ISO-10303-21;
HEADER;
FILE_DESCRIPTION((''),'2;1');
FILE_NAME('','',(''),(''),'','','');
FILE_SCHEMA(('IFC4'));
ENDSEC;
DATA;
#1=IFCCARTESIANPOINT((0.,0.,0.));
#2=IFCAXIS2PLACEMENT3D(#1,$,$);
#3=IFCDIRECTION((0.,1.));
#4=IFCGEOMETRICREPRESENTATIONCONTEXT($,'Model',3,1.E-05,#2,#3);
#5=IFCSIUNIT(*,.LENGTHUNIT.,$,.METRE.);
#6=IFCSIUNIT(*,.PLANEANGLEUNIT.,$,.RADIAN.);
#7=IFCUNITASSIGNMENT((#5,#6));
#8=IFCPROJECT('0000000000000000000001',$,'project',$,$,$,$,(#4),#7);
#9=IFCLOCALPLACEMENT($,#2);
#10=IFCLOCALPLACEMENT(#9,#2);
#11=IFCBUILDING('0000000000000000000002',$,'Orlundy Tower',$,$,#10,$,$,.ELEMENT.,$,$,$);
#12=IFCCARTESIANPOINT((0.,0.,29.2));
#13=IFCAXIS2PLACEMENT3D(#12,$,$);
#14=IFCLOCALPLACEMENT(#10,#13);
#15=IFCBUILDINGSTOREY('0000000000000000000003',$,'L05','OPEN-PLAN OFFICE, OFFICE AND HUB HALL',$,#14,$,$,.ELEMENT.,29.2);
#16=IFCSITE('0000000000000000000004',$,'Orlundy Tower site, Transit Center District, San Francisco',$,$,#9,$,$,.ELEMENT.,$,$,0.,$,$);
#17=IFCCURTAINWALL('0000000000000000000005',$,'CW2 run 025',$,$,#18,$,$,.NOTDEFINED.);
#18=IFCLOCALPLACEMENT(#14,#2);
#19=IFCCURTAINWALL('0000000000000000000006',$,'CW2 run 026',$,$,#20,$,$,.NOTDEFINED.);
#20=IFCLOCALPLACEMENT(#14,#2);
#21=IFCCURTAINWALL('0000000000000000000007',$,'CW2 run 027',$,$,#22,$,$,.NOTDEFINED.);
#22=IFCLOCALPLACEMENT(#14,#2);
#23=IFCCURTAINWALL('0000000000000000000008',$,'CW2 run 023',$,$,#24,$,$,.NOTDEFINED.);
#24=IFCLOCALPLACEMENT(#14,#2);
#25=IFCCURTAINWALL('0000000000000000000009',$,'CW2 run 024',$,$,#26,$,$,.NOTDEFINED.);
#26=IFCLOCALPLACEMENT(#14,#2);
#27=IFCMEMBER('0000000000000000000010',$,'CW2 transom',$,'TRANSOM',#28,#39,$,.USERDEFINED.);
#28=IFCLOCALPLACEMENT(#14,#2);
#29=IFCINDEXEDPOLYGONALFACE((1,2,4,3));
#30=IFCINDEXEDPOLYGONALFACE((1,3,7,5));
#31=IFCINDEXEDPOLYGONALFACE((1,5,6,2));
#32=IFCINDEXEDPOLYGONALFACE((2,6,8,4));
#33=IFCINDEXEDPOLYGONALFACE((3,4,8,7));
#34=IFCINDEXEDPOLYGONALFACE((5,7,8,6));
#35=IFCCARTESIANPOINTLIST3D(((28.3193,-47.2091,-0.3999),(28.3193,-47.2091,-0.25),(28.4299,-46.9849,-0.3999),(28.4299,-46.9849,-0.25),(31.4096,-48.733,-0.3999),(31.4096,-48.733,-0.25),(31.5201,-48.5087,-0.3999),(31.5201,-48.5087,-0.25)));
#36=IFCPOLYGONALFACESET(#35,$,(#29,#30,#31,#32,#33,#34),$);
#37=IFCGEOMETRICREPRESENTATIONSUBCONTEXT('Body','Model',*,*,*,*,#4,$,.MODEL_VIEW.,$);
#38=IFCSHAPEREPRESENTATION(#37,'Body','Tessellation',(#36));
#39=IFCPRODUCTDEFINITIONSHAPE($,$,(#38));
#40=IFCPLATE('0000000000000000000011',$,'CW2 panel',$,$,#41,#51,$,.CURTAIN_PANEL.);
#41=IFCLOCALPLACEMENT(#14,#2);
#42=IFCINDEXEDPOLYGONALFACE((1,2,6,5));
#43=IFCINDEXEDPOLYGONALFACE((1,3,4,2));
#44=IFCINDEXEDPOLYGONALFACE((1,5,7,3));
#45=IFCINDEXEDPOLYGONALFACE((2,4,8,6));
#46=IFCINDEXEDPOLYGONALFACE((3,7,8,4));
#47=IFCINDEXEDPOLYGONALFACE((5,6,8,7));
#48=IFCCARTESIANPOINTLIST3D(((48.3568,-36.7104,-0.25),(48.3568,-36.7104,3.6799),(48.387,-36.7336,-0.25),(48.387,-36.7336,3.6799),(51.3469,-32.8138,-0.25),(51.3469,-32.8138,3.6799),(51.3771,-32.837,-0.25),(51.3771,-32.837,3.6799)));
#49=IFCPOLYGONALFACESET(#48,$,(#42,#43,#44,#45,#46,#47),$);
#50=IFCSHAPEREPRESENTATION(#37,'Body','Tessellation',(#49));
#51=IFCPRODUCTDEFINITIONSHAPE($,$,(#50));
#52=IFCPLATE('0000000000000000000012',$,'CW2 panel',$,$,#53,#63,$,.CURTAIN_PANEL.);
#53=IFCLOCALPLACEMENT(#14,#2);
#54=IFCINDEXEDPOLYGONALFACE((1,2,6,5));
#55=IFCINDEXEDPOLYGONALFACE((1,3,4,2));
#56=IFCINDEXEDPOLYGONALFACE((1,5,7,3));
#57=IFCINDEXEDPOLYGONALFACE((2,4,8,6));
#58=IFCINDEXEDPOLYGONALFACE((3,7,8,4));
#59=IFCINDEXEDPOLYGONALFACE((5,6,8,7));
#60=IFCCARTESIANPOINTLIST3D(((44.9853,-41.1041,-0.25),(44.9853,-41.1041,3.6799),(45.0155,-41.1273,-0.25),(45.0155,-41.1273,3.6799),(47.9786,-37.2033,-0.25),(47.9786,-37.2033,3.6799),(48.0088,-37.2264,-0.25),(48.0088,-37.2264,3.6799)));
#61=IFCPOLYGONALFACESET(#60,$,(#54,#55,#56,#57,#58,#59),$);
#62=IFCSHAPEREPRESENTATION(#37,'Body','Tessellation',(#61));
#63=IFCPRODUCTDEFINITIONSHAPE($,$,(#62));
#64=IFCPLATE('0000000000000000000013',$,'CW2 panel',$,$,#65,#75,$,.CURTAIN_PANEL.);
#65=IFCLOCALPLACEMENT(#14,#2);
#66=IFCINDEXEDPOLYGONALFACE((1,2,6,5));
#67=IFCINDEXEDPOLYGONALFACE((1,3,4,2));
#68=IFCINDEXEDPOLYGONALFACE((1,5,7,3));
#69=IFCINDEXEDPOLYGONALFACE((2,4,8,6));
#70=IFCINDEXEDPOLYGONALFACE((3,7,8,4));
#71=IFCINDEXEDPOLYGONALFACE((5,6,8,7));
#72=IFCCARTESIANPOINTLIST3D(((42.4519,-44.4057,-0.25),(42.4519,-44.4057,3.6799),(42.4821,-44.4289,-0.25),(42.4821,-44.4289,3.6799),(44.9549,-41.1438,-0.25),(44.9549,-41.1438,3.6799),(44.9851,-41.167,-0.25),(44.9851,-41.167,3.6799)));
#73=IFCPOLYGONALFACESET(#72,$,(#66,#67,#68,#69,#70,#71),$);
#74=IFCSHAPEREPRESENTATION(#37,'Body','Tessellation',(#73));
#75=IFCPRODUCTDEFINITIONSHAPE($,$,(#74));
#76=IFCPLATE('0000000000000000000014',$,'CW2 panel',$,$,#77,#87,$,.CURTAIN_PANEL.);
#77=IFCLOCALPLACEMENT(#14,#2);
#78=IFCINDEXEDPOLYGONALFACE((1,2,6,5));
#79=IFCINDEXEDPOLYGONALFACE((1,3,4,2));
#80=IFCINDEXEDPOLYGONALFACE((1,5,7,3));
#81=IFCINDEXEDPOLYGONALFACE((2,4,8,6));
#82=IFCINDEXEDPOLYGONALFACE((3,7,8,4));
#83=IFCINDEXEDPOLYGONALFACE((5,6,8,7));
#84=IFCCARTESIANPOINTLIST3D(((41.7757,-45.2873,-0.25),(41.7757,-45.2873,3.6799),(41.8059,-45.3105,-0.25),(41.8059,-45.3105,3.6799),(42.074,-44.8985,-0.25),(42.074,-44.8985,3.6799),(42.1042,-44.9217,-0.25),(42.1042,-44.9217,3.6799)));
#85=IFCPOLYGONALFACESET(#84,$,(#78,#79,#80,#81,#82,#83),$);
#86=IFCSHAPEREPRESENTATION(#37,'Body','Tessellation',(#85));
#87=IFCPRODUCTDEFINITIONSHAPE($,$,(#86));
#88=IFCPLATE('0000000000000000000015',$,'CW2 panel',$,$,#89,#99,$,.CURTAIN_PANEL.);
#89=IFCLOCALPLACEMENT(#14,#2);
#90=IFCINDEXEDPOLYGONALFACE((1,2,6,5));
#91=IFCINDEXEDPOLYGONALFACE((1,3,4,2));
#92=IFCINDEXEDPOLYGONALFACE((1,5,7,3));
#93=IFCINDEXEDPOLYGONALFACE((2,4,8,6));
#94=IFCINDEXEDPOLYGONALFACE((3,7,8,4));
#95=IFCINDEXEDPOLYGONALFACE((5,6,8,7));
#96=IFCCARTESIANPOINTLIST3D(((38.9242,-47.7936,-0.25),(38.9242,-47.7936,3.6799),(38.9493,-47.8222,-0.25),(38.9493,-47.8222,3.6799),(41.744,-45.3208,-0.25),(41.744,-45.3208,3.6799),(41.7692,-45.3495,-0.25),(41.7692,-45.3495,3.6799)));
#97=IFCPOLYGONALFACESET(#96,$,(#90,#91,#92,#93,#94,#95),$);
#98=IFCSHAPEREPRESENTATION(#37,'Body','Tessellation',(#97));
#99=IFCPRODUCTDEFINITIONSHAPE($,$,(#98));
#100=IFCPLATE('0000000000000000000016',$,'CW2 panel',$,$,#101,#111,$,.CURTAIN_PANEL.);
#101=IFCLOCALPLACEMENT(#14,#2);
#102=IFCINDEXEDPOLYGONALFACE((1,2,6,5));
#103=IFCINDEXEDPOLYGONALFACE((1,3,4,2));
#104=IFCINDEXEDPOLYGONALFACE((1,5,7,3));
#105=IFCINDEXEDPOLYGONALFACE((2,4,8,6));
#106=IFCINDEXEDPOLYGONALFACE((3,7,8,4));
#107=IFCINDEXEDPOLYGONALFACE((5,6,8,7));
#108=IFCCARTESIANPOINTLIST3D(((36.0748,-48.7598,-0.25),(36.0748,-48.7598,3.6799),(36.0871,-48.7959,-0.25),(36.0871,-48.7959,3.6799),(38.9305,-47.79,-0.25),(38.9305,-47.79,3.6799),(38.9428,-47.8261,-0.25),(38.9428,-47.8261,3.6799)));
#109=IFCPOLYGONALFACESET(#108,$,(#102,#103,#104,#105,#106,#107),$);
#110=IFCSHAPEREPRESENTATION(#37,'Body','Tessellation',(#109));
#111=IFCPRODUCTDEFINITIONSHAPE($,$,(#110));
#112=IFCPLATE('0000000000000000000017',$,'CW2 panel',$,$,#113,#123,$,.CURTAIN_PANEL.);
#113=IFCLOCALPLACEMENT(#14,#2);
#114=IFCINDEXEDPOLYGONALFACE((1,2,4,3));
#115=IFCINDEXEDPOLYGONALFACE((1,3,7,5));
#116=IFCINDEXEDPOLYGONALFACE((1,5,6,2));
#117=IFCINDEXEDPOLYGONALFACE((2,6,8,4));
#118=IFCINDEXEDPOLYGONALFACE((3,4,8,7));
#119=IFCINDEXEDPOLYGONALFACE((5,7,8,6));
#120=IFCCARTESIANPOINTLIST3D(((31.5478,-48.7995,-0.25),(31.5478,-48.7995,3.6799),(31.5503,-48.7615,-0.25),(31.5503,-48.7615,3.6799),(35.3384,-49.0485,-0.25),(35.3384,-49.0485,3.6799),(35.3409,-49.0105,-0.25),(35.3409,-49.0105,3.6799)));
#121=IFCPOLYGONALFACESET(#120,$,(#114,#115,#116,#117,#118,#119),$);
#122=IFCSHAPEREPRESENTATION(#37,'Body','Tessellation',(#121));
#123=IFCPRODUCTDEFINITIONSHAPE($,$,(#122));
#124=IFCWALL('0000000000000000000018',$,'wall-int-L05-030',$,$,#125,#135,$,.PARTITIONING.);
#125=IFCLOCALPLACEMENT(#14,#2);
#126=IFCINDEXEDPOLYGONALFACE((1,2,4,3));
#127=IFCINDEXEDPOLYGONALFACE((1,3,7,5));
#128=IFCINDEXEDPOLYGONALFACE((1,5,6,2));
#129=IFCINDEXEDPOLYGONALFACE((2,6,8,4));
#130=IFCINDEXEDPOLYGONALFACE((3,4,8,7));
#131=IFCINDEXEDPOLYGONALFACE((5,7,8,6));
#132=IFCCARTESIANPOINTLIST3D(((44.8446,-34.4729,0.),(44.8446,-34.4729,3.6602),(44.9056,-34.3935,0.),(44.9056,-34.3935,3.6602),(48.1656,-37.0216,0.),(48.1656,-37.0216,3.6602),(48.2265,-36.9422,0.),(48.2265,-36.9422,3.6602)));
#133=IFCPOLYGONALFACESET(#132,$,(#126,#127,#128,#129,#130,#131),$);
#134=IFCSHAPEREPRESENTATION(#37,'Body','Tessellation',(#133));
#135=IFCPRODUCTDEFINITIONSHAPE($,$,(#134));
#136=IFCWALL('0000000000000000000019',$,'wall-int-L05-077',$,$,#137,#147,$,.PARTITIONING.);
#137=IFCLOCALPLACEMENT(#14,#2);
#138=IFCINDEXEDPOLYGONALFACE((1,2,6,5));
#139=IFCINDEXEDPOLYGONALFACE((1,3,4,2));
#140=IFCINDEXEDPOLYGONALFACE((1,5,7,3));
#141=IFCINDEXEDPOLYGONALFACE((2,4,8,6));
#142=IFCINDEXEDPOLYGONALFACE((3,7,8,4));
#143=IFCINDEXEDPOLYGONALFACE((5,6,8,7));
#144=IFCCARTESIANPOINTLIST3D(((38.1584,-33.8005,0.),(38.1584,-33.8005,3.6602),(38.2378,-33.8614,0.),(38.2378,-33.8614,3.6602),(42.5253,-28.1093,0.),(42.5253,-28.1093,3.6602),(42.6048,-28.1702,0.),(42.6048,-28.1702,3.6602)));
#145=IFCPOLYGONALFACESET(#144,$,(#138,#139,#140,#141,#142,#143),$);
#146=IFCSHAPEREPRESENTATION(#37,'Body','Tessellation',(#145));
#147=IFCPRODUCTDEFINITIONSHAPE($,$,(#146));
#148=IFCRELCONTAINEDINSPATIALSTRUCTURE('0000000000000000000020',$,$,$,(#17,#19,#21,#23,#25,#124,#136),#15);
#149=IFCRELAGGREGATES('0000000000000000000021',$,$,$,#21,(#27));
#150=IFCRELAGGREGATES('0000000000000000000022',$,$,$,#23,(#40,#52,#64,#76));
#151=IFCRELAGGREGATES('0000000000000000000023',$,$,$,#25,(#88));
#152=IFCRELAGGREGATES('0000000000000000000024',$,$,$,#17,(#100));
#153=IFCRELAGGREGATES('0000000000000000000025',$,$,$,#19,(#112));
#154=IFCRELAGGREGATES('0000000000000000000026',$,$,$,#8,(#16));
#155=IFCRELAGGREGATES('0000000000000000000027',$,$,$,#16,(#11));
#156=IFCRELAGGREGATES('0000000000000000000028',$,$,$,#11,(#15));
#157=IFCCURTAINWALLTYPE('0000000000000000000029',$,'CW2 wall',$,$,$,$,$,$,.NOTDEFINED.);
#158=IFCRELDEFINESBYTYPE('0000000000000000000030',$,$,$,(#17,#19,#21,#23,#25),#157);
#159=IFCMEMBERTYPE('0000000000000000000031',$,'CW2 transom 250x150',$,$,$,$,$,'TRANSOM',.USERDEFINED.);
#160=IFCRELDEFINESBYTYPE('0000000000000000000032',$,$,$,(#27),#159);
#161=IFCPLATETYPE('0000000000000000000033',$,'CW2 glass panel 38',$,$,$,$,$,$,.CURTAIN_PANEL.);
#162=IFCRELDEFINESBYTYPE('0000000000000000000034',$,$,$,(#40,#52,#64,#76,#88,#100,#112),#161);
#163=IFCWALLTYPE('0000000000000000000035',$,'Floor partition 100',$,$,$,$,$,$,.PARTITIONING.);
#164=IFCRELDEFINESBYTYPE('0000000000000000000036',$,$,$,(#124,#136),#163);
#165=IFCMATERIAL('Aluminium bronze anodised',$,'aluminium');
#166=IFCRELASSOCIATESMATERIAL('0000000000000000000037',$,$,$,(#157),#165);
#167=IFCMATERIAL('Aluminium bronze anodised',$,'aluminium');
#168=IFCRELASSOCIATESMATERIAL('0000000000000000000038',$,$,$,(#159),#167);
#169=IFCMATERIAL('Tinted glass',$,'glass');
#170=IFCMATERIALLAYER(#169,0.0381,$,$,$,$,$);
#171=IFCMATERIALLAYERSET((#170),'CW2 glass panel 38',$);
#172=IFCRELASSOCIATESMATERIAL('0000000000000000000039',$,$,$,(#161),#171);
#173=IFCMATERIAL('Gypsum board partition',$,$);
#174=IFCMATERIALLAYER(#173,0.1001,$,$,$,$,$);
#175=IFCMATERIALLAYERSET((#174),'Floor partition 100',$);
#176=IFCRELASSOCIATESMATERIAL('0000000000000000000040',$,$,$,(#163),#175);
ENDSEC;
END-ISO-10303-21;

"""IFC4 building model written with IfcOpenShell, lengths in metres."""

from ifc_helpers import new_model, si_unit, direction, frame, frame_2d, origin, origin_2d, place, context, subcontext, project, spatial, rectangle, extrude, material, layer, layer_set, material_profile, profile_set, type_object, element, aggregate, save


model = new_model("IFC4")

# Units and contexts
model_context = context("Model", 3, precision=1e-05, world=origin(), true_north=direction((0.0, 1.0)))
body_context = subcontext(model_context, "Body", "Model", "MODEL_VIEW")
ifc_project = project(units=[si_unit("LENGTHUNIT", "METRE"), si_unit("PLANEANGLEUNIT", "RADIAN")], contexts=[model_context])

# Site, building, storey
site_placement = place(None, origin())
site = spatial("IfcSite", under=ifc_project, at=site_placement, Name="Orlundy Tower site, Transit Center District, San Francisco", CompositionType="ELEMENT", RefElevation=0.0)
building_placement = place(site_placement, origin())
building = spatial("IfcBuilding", under=site, at=building_placement, Name="Orlundy Tower", CompositionType="ELEMENT")
storey_placement = place(building_placement, frame((0.0, 0.0, 29.2)))
storey = spatial("IfcBuildingStorey", under=building, at=storey_placement, Name="L05", Description="OPEN-PLAN OFFICE, OFFICE AND HUB HALL", CompositionType="ELEMENT", Elevation=29.2)

# Curtain walls
ifc_material_1 = material(Name="Aluminium bronze anodised", Category="aluminium")
curtain_wall_type = type_object("IfcCurtainWallType", Name="CW2 wall", PredefinedType="NOTDEFINED", material=ifc_material_1)
curtain_wall_1_placement = place(storey_placement, origin())
curtain_wall_1 = element("IfcCurtainWall", 1, at=curtain_wall_1_placement, inside=storey, type_object=curtain_wall_type, Name="CW2 run 025", PredefinedType="NOTDEFINED")
curtain_wall_2_placement = place(storey_placement, origin())
curtain_wall_2 = element("IfcCurtainWall", 2, at=curtain_wall_2_placement, inside=storey, type_object=curtain_wall_type, Name="CW2 run 026", PredefinedType="NOTDEFINED")
curtain_wall_3_placement = place(storey_placement, origin())
curtain_wall_3 = element("IfcCurtainWall", 3, at=curtain_wall_3_placement, inside=storey, type_object=curtain_wall_type, Name="CW2 run 027", PredefinedType="NOTDEFINED")

# Curtain wall
curtain_wall_4_placement = place(storey_placement, origin())
curtain_wall_4 = element("IfcCurtainWall", 4, at=curtain_wall_4_placement, inside=storey, type_object=curtain_wall_type, Name="CW2 run 023", PredefinedType="NOTDEFINED")

# Curtain wall
curtain_wall_5_placement = place(storey_placement, origin())
curtain_wall_5 = element("IfcCurtainWall", 5, at=curtain_wall_5_placement, inside=storey, type_object=curtain_wall_type, Name="CW2 run 024", PredefinedType="NOTDEFINED")

# Member
ifc_material_2 = material(Name="Aluminium bronze anodised", Category="aluminium")
ifc_material_profile_1 = material_profile(ifc_material_2, rectangle(XDim=0.25, YDim=0.1499, at=origin_2d()), Name="CW2 transom 250x150")
ifc_profile_set_1 = profile_set([ifc_material_profile_1], Name="Aluminium bronze anodised")
member_type_1 = type_object("IfcMemberType", Name="CW2 transom 250x150", ElementType="TRANSOM", PredefinedType="USERDEFINED", material=ifc_profile_set_1)
member_1_placement = place(storey_placement, frame((31.4648, -48.6208, -0.325), z_axis=(-0.896879, 0.442275, 0.0), x_axis=(-0.442275, -0.896879, 0.0)))
member_1 = element("IfcMember", 6, at=member_1_placement, type_object=member_type_1, Name="CW2 transom", ObjectType="TRANSOM", PredefinedType="USERDEFINED", context=body_context, shape_type="SweptSolid", body=[
    extrude(rectangle(XDim=0.25, YDim=0.1499, at=origin_2d()), origin(), (0.0, 0.0, 1.0), 3.4456),
])
aggregate(curtain_wall_3, [member_1])

# Plates
ifc_material_3 = material(Name="Tinted glass", Category="glass")
ifc_layer_1 = layer(ifc_material_3, 0.0381)
ifc_layer_set_1 = layer_set([ifc_layer_1], Name="CW2 glass panel 38")
plate_type = type_object("IfcPlateType", Name="CW2 glass panel 38", PredefinedType="CURTAIN_PANEL", material=ifc_layer_set_1)
plate_1_placement = place(storey_placement, frame((49.8669, -34.7737, -0.25), z_axis=(0.0, 0.0, 1.0), x_axis=(-0.608771, -0.793346, 0.0)))
plate_1 = element("IfcPlate", 7, at=plate_1_placement, type_object=plate_type, Name="CW2 panel", PredefinedType="CURTAIN_PANEL", context=body_context, shape_type="SweptSolid", body=[
    extrude(rectangle(XDim=4.9116, YDim=0.0381, at=origin_2d()), origin(), (0.0, 0.0, 1.0), 3.9299),
])
plate_2_placement = place(storey_placement, frame((46.4971, -39.1653, -0.25), z_axis=(0.0, 0.0, 1.0), x_axis=(-0.608771, -0.793346, 0.0)))
plate_2 = element("IfcPlate", 8, at=plate_2_placement, type_object=plate_type, Name="CW2 panel", PredefinedType="CURTAIN_PANEL", context=body_context, shape_type="SweptSolid", body=[
    extrude(rectangle(XDim=4.917, YDim=0.0381, at=origin_2d()), origin(), (0.0, 0.0, 1.0), 3.9299),
])
plate_3_placement = place(storey_placement, frame((43.7185, -42.7864, -0.25), z_axis=(0.0, 0.0, 1.0), x_axis=(-0.608771, -0.793346, 0.0)))
plate_3 = element("IfcPlate", 9, at=plate_3_placement, type_object=plate_type, Name="CW2 panel", PredefinedType="CURTAIN_PANEL", context=body_context, shape_type="SweptSolid", body=[
    extrude(rectangle(XDim=4.1116, YDim=0.0381, at=origin_2d()), origin(), (0.0, 0.0, 1.0), 3.9299),
])
plate_4_placement = place(storey_placement, frame((41.9399, -45.1045, -0.25), z_axis=(0.0, 0.0, 1.0), x_axis=(-0.608771, -0.793346, 0.0)))
plate_4 = element("IfcPlate", 10, at=plate_4_placement, type_object=plate_type, Name="CW2 panel", PredefinedType="CURTAIN_PANEL", context=body_context, shape_type="SweptSolid", body=[
    extrude(rectangle(XDim=0.49, YDim=0.0381, at=origin_2d()), origin(), (0.0, 0.0, 1.0), 3.9299),
])
aggregate(curtain_wall_4, [plate_1, plate_2, plate_3, plate_4])
plate_5_placement = place(storey_placement, frame((40.3467, -46.5715, -0.25), z_axis=(0.0, 0.0, 1.0), x_axis=(-0.751858, -0.659325, 0.0)))
plate_5 = element("IfcPlate", 11, at=plate_5_placement, type_object=plate_type, Name="CW2 panel", PredefinedType="CURTAIN_PANEL", context=body_context, shape_type="SweptSolid", body=[
    extrude(rectangle(XDim=3.7505, YDim=0.0381, at=origin_2d()), origin(), (0.0, 0.0, 1.0), 3.9299),
])
aggregate(curtain_wall_5, [plate_5])
plate_6_placement = place(storey_placement, frame((37.5088, -48.293, -0.25), z_axis=(0.0, 0.0, 1.0), x_axis=(-0.946888, -0.321564, 0.0)))
plate_6 = element("IfcPlate", 12, at=plate_6_placement, type_object=plate_type, Name="CW2 panel", PredefinedType="CURTAIN_PANEL", context=body_context, shape_type="SweptSolid", body=[
    extrude(rectangle(XDim=3.0159, YDim=0.0381, at=origin_2d()), origin(), (0.0, 0.0, 1.0), 3.9299),
])
aggregate(curtain_wall_1, [plate_6])
plate_7_placement = place(storey_placement, frame((33.4443, -48.905, -0.25), z_axis=(0.0, 0.0, 1.0), x_axis=(-0.997849, 0.065552, 0.0)))
plate_7 = element("IfcPlate", 13, at=plate_7_placement, type_object=plate_type, Name="CW2 panel", PredefinedType="CURTAIN_PANEL", context=body_context, shape_type="SweptSolid", body=[
    extrude(rectangle(XDim=3.7988, YDim=0.0381, at=origin_2d()), origin(), (0.0, 0.0, 1.0), 3.9299),
])
aggregate(curtain_wall_2, [plate_7])

# Walls
ifc_material_4 = material(Name="Gypsum board partition")
ifc_layer_2 = layer(ifc_material_4, 0.1001)
ifc_layer_set_2 = layer_set([ifc_layer_2], Name="Floor partition 100")
wall_type_1 = type_object("IfcWallType", Name="Floor partition 100", PredefinedType="PARTITIONING", material=ifc_layer_set_2)
wall_1_placement = place(storey_placement, frame((44.875, -34.4331, 0.0), z_axis=(0.0, 0.0, 1.0), x_axis=(0.793296, -0.608837, 0.0)))
element("IfcWall", 14, at=wall_1_placement, inside=storey, type_object=wall_type_1, Name="wall-int-L05-030", PredefinedType="PARTITIONING", context=body_context, shape_type="SweptSolid", body=[
    extrude(rectangle(XDim=4.1863, YDim=0.1001, at=frame_2d((2.0933, 0.0))), origin(), (0.0, 0.0, 1.0), 3.6602),
])
wall_2_placement = place(storey_placement, frame((38.198, -33.8311, 0.0), z_axis=(0.0, 0.0, 1.0), x_axis=(0.608758, 0.793356, 0.0)))
element("IfcWall", 15, at=wall_2_placement, inside=storey, type_object=wall_type_1, Name="wall-int-L05-077", PredefinedType="PARTITIONING", context=body_context, shape_type="SweptSolid", body=[
    extrude(rectangle(XDim=7.1736, YDim=0.1001, at=frame_2d((3.5869, 0.0))), origin(), (0.0, 0.0, 1.0), 3.6602),
])

save(model, "model.ifc")
